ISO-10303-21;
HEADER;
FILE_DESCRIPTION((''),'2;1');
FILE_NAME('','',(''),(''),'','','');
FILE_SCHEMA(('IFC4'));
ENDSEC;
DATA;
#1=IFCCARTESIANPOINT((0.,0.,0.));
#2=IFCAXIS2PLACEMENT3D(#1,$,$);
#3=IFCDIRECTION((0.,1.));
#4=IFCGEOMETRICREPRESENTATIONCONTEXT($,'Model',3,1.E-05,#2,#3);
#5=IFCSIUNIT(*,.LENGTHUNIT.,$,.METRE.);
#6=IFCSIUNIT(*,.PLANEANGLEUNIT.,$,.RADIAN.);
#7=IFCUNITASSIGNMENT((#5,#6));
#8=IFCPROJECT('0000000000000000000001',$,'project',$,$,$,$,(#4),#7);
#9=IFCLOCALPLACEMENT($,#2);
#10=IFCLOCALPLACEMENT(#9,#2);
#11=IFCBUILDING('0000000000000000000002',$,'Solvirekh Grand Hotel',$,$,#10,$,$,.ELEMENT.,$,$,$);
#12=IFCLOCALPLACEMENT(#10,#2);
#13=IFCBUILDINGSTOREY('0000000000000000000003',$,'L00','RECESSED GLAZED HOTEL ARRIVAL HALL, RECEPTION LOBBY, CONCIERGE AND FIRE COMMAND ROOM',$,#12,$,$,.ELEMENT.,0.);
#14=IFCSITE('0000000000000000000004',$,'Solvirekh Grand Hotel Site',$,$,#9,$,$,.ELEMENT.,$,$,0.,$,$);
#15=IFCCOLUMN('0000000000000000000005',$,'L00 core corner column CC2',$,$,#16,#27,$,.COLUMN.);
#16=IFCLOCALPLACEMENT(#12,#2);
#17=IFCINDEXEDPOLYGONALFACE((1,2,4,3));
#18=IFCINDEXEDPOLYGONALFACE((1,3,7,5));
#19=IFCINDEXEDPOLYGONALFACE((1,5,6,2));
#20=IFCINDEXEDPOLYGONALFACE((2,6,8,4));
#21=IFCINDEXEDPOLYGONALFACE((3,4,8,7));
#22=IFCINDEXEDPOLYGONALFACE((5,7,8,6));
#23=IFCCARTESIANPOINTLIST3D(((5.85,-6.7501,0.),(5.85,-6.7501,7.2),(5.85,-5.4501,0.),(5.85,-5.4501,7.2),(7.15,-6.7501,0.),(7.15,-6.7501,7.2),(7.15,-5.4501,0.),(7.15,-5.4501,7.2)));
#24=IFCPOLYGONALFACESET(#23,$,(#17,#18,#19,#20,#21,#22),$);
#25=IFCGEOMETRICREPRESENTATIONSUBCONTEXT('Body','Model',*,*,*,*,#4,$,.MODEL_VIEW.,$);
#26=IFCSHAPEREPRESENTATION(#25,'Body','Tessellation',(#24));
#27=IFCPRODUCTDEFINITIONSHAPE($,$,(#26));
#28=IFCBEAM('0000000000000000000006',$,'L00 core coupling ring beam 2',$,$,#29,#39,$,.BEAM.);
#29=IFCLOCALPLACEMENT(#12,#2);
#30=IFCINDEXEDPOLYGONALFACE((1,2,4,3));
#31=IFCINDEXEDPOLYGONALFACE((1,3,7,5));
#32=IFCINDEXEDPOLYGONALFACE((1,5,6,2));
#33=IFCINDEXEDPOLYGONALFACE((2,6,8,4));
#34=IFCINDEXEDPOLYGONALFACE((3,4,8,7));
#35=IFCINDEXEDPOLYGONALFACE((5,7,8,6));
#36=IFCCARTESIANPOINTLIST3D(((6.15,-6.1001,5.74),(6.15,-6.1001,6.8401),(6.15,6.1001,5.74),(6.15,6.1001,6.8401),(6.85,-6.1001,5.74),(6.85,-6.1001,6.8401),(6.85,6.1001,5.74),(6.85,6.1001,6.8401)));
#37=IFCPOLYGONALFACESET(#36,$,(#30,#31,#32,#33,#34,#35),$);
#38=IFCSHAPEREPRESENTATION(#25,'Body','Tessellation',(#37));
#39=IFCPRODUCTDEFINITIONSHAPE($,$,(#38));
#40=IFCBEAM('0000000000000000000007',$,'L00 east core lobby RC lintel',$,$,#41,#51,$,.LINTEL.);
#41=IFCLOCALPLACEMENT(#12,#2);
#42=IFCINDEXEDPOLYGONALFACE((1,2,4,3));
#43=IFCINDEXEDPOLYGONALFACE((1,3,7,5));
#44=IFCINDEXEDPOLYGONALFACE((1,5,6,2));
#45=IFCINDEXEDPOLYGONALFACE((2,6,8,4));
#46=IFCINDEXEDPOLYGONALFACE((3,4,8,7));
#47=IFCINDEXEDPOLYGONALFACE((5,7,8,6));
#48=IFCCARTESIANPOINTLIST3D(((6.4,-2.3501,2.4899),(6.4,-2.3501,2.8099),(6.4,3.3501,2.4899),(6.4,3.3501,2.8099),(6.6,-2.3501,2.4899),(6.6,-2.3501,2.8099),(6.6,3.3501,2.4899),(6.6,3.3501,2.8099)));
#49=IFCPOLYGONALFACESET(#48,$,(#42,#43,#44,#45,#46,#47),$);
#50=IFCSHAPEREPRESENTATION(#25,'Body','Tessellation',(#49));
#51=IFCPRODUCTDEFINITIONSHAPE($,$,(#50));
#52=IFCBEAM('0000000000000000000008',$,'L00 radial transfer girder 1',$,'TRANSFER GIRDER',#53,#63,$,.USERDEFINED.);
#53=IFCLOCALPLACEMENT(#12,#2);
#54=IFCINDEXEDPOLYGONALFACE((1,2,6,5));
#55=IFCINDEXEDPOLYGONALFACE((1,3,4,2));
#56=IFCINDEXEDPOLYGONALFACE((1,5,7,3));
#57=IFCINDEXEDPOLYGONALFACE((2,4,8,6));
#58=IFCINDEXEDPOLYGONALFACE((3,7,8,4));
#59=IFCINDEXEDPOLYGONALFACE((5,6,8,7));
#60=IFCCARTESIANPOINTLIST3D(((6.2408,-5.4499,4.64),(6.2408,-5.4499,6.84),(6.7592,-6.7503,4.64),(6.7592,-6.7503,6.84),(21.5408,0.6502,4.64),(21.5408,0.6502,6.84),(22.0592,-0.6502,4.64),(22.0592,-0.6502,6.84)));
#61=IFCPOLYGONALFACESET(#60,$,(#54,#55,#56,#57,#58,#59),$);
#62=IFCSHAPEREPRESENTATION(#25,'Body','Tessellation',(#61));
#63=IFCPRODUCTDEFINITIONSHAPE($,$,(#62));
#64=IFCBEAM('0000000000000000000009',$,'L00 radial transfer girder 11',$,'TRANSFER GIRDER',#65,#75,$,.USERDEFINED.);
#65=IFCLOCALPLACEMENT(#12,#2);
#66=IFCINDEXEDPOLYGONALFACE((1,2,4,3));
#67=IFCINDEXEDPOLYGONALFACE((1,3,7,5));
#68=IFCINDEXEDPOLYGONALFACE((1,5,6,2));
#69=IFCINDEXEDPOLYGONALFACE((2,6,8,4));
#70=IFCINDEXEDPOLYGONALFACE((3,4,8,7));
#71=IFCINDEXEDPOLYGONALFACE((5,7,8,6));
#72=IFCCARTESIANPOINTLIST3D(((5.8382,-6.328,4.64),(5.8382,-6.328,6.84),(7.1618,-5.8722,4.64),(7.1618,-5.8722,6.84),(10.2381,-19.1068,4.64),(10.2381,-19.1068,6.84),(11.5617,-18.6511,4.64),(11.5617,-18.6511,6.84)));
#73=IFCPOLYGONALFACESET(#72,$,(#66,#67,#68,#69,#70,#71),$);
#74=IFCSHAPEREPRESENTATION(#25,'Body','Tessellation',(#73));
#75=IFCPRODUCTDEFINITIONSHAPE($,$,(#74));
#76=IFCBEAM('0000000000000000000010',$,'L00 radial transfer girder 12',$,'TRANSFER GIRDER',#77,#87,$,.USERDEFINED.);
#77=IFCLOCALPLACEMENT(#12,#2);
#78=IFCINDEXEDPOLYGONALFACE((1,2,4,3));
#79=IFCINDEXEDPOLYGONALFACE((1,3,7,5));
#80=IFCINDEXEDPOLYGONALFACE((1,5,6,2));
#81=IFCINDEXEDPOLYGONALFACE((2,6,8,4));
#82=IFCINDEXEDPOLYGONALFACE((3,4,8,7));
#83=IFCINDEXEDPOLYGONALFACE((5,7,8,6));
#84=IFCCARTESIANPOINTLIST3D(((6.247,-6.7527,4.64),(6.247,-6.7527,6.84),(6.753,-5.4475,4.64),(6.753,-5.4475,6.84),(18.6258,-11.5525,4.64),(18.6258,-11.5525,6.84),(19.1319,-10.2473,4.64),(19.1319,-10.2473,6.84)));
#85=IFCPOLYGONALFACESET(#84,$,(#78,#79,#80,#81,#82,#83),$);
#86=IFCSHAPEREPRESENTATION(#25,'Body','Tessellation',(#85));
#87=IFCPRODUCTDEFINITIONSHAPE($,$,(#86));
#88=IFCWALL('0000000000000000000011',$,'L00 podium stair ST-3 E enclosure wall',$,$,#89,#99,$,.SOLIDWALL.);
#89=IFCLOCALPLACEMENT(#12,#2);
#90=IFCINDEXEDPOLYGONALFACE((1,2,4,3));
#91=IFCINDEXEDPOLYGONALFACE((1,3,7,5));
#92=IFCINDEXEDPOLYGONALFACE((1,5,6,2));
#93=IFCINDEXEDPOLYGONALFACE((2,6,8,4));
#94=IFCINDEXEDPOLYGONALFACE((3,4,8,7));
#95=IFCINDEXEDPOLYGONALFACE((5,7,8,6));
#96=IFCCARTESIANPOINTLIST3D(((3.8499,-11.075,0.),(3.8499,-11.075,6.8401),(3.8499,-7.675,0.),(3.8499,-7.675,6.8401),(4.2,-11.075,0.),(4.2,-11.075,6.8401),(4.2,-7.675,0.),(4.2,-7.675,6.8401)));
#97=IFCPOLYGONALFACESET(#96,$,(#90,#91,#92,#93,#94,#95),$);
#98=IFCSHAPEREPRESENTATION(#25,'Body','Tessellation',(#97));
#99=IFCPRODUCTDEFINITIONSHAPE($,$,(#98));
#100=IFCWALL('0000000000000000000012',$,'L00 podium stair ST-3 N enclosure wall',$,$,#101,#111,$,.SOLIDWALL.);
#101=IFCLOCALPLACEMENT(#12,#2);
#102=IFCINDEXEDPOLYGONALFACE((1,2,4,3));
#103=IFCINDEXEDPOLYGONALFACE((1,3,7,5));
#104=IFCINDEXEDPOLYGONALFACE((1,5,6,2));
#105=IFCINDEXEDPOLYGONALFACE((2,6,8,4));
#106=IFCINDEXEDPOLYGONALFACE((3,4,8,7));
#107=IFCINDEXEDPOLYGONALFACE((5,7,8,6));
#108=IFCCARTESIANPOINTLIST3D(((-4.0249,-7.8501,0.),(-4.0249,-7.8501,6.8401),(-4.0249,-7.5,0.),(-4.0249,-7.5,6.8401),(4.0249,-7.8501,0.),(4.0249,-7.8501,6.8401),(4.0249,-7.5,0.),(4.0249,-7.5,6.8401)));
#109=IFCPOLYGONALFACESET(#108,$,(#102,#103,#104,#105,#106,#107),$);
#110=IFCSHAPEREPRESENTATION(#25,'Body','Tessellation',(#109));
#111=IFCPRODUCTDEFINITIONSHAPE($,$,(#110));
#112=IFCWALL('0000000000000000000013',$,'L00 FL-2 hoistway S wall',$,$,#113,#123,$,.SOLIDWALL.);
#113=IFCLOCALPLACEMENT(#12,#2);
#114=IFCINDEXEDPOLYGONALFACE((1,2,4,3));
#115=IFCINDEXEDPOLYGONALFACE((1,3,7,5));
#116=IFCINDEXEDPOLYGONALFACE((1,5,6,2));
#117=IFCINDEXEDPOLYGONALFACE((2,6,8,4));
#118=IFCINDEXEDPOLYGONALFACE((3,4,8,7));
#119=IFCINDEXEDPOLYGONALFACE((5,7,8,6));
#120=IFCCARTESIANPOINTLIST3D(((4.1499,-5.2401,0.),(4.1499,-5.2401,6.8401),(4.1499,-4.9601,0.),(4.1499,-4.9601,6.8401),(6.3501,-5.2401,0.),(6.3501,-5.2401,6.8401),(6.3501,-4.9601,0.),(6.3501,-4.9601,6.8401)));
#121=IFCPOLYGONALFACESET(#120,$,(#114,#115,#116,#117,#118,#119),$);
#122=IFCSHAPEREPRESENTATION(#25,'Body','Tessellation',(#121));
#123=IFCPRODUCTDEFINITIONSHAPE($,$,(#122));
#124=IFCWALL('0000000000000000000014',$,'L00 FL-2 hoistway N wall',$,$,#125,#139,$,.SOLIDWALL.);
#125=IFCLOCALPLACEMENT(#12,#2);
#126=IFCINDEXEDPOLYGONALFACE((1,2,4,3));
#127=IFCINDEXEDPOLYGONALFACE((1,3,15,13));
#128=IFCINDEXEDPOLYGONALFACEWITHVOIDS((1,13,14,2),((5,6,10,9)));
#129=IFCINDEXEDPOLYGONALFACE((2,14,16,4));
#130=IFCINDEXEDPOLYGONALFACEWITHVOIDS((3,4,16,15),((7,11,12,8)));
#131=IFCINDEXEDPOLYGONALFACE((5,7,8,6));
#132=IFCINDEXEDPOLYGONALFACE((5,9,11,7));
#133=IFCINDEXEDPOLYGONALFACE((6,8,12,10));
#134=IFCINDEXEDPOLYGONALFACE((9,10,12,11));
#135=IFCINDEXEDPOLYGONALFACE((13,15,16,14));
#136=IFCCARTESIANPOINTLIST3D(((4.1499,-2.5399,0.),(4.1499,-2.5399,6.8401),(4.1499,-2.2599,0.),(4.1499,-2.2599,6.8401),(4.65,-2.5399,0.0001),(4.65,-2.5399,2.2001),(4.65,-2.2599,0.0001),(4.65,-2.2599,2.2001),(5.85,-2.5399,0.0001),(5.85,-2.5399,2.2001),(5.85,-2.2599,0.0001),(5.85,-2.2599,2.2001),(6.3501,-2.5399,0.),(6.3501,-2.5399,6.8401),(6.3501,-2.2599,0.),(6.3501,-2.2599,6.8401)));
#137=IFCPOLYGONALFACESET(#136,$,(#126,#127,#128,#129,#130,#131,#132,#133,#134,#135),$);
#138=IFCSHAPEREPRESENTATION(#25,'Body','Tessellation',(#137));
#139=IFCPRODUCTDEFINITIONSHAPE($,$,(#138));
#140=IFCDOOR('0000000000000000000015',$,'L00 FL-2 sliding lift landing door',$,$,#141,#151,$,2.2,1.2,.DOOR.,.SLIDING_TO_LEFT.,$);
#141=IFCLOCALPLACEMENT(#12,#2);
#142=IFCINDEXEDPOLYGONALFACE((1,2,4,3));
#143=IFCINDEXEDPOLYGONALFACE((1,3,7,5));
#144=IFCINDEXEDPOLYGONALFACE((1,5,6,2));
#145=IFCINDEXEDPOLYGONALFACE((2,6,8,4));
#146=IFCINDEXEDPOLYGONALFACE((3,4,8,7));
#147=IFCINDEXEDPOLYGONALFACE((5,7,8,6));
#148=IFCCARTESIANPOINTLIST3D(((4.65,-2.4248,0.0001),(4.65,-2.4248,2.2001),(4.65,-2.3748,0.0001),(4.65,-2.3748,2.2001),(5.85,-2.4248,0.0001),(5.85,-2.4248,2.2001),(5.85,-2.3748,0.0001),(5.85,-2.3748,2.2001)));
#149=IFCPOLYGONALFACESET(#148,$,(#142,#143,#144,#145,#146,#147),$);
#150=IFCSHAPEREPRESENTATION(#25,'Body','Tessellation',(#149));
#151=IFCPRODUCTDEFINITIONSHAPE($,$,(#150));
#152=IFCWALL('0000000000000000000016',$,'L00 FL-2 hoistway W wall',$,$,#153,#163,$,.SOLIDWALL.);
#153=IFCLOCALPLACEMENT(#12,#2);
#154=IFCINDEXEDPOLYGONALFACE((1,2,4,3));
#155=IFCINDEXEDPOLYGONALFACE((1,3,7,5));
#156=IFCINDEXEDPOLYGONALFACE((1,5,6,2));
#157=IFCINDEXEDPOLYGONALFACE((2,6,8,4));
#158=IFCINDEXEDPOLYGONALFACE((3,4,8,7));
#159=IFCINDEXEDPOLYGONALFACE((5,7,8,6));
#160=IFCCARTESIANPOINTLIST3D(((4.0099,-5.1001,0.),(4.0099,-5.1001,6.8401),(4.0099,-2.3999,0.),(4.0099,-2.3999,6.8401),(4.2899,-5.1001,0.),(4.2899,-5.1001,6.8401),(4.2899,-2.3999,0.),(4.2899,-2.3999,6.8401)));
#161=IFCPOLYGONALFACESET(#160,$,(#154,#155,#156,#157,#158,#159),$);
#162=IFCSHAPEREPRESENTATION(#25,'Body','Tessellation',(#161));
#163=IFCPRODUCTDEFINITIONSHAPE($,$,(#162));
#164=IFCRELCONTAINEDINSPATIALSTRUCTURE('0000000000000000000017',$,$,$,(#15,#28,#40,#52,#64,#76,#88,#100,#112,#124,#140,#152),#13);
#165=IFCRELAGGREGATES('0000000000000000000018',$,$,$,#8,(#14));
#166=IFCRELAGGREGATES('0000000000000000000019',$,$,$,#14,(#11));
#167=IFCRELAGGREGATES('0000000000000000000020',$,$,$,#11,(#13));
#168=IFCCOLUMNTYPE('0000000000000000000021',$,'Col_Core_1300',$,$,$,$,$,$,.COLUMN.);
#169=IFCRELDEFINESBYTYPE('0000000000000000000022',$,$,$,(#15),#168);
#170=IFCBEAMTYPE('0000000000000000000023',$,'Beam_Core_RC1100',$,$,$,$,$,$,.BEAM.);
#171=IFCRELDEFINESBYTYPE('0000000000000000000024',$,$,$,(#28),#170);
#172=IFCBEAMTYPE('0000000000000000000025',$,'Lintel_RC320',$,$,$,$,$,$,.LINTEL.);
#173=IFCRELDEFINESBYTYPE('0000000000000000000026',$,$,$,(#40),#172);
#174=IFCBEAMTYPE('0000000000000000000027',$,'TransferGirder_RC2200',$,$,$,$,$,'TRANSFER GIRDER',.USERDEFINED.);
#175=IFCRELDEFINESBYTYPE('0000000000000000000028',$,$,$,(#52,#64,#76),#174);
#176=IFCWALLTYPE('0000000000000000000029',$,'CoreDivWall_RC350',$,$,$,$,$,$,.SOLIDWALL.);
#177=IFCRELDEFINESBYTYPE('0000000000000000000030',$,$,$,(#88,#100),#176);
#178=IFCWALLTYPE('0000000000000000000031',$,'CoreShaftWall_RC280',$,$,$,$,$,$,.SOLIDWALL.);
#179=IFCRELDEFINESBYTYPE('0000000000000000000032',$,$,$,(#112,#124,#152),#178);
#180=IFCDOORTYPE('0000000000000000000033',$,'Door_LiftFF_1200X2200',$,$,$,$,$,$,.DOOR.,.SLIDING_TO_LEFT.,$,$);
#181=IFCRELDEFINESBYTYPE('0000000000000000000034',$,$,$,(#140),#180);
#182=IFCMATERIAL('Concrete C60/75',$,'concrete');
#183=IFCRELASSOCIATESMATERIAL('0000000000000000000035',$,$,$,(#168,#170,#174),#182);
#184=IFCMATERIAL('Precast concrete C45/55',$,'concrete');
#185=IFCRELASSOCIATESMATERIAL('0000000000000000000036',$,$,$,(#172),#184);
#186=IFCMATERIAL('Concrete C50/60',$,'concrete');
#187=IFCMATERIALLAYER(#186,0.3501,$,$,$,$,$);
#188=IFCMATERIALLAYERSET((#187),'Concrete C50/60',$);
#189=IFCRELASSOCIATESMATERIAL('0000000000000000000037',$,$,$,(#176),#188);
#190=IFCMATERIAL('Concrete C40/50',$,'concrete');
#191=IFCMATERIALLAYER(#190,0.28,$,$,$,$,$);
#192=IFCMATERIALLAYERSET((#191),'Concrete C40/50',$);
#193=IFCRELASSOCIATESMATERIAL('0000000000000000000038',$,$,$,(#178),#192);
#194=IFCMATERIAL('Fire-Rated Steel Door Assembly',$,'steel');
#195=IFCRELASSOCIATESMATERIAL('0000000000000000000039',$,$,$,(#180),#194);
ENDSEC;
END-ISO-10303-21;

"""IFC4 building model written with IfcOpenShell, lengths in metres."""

from ifc_helpers import new_model, si_unit, direction, frame, frame_2d, origin, origin_2d, place, context, subcontext, project, spatial, rectangle, extrude, material, layer, layer_set, material_profile, profile_set, type_object, element, fill, save


model = new_model("IFC4")

# Units and contexts
model_context = context("Model", 3, precision=1e-05, world=origin(), true_north=direction((0.0, 1.0)))
body_context = subcontext(model_context, "Body", "Model", "MODEL_VIEW")
ifc_project = project(units=[si_unit("LENGTHUNIT", "METRE"), si_unit("PLANEANGLEUNIT", "RADIAN")], contexts=[model_context])

# Site, building, storey
site_placement = place(None, origin())
site = spatial("IfcSite", under=ifc_project, at=site_placement, Name="Solvirekh Grand Hotel Site", CompositionType="ELEMENT", RefElevation=0.0)
building_placement = place(site_placement, origin())
building = spatial("IfcBuilding", under=site, at=building_placement, Name="Solvirekh Grand Hotel", CompositionType="ELEMENT")
storey_placement = place(building_placement, origin())
storey = spatial("IfcBuildingStorey", under=building, at=storey_placement, Name="L00", Description="RECESSED GLAZED HOTEL ARRIVAL HALL, RECEPTION LOBBY, CONCIERGE AND FIRE COMMAND ROOM", CompositionType="ELEMENT", Elevation=0.0)

# Column
ifc_material_1 = material(Name="Concrete C60/75", Category="concrete")
ifc_material_profile_1 = material_profile(ifc_material_1, rectangle(XDim=1.3, YDim=1.3, at=origin_2d()), Name="RC 1300X1300")
ifc_profile_set_1 = profile_set([ifc_material_profile_1], Name="Concrete C60/75")
column_type = type_object("IfcColumnType", Name="Col_Core_1300", PredefinedType="COLUMN", material=ifc_profile_set_1)
column_placement = place(storey_placement, frame((6.5, -6.1001, 0.0), z_axis=(0.0, 0.0, 1.0), x_axis=(1.0, 0.0, 0.0)))
element("IfcColumn", 1, at=column_placement, inside=storey, type_object=column_type, Name="L00 core corner column CC2", PredefinedType="COLUMN", context=body_context, shape_type="SweptSolid", body=[
    extrude(rectangle(XDim=1.3, YDim=1.3, at=origin_2d()), origin(), (0.0, 0.0, 1.0), 7.2),
])

# Beams
ifc_material_profile_2 = material_profile(ifc_material_1, rectangle(XDim=0.7, YDim=1.1001, at=origin_2d()), Name="RC BEAM 700X1100")
ifc_profile_set_2 = profile_set([ifc_material_profile_2], Name="Concrete C60/75")
beam_type_1 = type_object("IfcBeamType", Name="Beam_Core_RC1100", PredefinedType="BEAM", material=ifc_profile_set_2)
beam_1_placement = place(storey_placement, frame((6.5, -6.1001, 6.29), z_axis=(0.0, 1.0, 0.0), x_axis=(-1.0, 0.0, 0.0)))
element("IfcBeam", 2, at=beam_1_placement, inside=storey, type_object=beam_type_1, Name="L00 core coupling ring beam 2", PredefinedType="BEAM", context=body_context, shape_type="SweptSolid", body=[
    extrude(rectangle(XDim=0.7, YDim=1.1001, at=origin_2d()), origin(), (0.0, 0.0, 1.0), 12.2002),
])
ifc_material_2 = material(Name="Precast concrete C45/55", Category="concrete")
ifc_material_profile_3 = material_profile(ifc_material_2, rectangle(XDim=0.2, YDim=0.3201, at=origin_2d()), Name="RC LINTEL 200X320")
ifc_profile_set_3 = profile_set([ifc_material_profile_3], Name="Precast concrete C45/55")
beam_type_2 = type_object("IfcBeamType", Name="Lintel_RC320", PredefinedType="LINTEL", material=ifc_profile_set_3)
beam_2_placement = place(storey_placement, frame((6.5, -2.3501, 2.6499), z_axis=(0.0, 1.0, 0.0), x_axis=(-1.0, 0.0, 0.0)))
element("IfcBeam", 3, at=beam_2_placement, inside=storey, type_object=beam_type_2, Name="L00 east core lobby RC lintel", PredefinedType="LINTEL", context=body_context, shape_type="SweptSolid", body=[
    extrude(rectangle(XDim=0.2, YDim=0.3201, at=origin_2d()), origin(), (0.0, 0.0, 1.0), 5.7002),
])
ifc_material_profile_4 = material_profile(ifc_material_1, rectangle(XDim=1.3999, YDim=2.2, at=origin_2d()), Name="RC GIRDER 1400X2200")
ifc_profile_set_4 = profile_set([ifc_material_profile_4], Name="Concrete C60/75")
beam_type_3 = type_object("IfcBeamType", Name="TransferGirder_RC2200", ElementType="TRANSFER GIRDER", PredefinedType="USERDEFINED", material=ifc_profile_set_4)
beam_3_placement = place(storey_placement, frame((6.5, -6.1001, 5.74), z_axis=(0.928893, 0.370348, 0.0), x_axis=(-0.370348, 0.928893, 0.0)))
element("IfcBeam", 4, at=beam_3_placement, inside=storey, type_object=beam_type_3, Name="L00 radial transfer girder 1", ObjectType="TRANSFER GIRDER", PredefinedType="USERDEFINED", context=body_context, shape_type="SweptSolid", body=[
    extrude(rectangle(XDim=1.3999, YDim=2.2, at=origin_2d()), origin(), (0.0, 0.0, 1.0), 16.4712),
])
beam_4_placement = place(storey_placement, frame((6.5, -6.1001, 5.74), z_axis=(0.325555, -0.945523, 0.0), x_axis=(0.945523, 0.325555, 0.0)))
element("IfcBeam", 5, at=beam_4_placement, inside=storey, type_object=beam_type_3, Name="L00 radial transfer girder 11", ObjectType="TRANSFER GIRDER", PredefinedType="USERDEFINED", context=body_context, shape_type="SweptSolid", body=[
    extrude(rectangle(XDim=1.3999, YDim=2.2, at=origin_2d()), origin(), (0.0, 0.0, 1.0), 13.5151),
])
beam_5_placement = place(storey_placement, frame((6.5, -6.1001, 5.74), z_axis=(0.932366, -0.361516, 0.0), x_axis=(0.361516, 0.932366, 0.0)))
element("IfcBeam", 6, at=beam_5_placement, inside=storey, type_object=beam_type_3, Name="L00 radial transfer girder 12", ObjectType="TRANSFER GIRDER", PredefinedType="USERDEFINED", context=body_context, shape_type="SweptSolid", body=[
    extrude(rectangle(XDim=1.3999, YDim=2.2, at=origin_2d()), origin(), (0.0, 0.0, 1.0), 13.2769),
])

# Walls
ifc_material_3 = material(Name="Concrete C50/60", Category="concrete")
ifc_layer_1 = layer(ifc_material_3, 0.3501)
ifc_layer_set_1 = layer_set([ifc_layer_1], Name="Concrete C50/60")
wall_type_1 = type_object("IfcWallType", Name="CoreDivWall_RC350", PredefinedType="SOLIDWALL", material=ifc_layer_set_1)
wall_1_placement = place(storey_placement, frame((4.0249, -11.075, 0.0), z_axis=(0.0, 0.0, 1.0), x_axis=(0.0, 1.0, 0.0)))
element("IfcWall", 7, at=wall_1_placement, inside=storey, type_object=wall_type_1, Name="L00 podium stair ST-3 E enclosure wall", PredefinedType="SOLIDWALL", context=body_context, shape_type="SweptSolid", body=[
    extrude(rectangle(XDim=3.3999, YDim=0.3501, at=frame_2d((1.7, 0.0))), origin(), (0.0, 0.0, 1.0), 6.8401),
])
wall_2_placement = place(storey_placement, frame((4.0249, -7.675, 0.0), z_axis=(0.0, 0.0, 1.0), x_axis=(-1.0, 0.0, 0.0)))
element("IfcWall", 8, at=wall_2_placement, inside=storey, type_object=wall_type_1, Name="L00 podium stair ST-3 N enclosure wall", PredefinedType="SOLIDWALL", context=body_context, shape_type="SweptSolid", body=[
    extrude(rectangle(XDim=8.0498, YDim=0.3501, at=frame_2d((4.0249, 0.0))), origin(), (0.0, 0.0, 1.0), 6.8401),
])
ifc_material_4 = material(Name="Concrete C40/50", Category="concrete")
ifc_layer_2 = layer(ifc_material_4, 0.28)
ifc_layer_set_2 = layer_set([ifc_layer_2], Name="Concrete C40/50")
wall_type_2 = type_object("IfcWallType", Name="CoreShaftWall_RC280", PredefinedType="SOLIDWALL", material=ifc_layer_set_2)
wall_3_placement = place(storey_placement, frame((4.1499, -5.1001, 0.0), z_axis=(0.0, 0.0, 1.0), x_axis=(1.0, 0.0, 0.0)))
element("IfcWall", 9, at=wall_3_placement, inside=storey, type_object=wall_type_2, Name="L00 FL-2 hoistway S wall", PredefinedType="SOLIDWALL", context=body_context, shape_type="SweptSolid", body=[
    extrude(rectangle(XDim=2.2002, YDim=0.28, at=frame_2d((1.1001, 0.0))), origin(), (0.0, 0.0, 1.0), 6.8401),
])

# Wall, opening, door
wall_4_placement = place(storey_placement, frame((6.3501, -2.3999, 0.0), z_axis=(0.0, 0.0, 1.0), x_axis=(-1.0, 0.0, 0.0)))
wall_4 = element("IfcWall", 10, at=wall_4_placement, inside=storey, type_object=wall_type_2, Name="L00 FL-2 hoistway N wall", PredefinedType="SOLIDWALL", context=body_context, shape_type="SweptSolid", body=[
    extrude(rectangle(XDim=2.2002, YDim=0.28, at=frame_2d((1.1001, 0.0))), origin(), (0.0, 0.0, 1.0), 6.8401),
])
opening_1_placement = place(wall_4_placement, frame((0.5, 0.0, 0.0)))
opening_1 = element("IfcOpeningElement", 11, at=opening_1_placement, cuts=wall_4, PredefinedType="OPENING", context=body_context, shape_type="SweptSolid", body=[
    extrude(rectangle(XDim=1.2, YDim=2.2, at=frame_2d((0.6001, 1.1001))), frame((0.0, 0.1499, 0.0), z_axis=(0.0, -1.0, 0.0), x_axis=(1.0, 0.0, 0.0)), (0.0, 0.0, 1.0), 0.3),
])
ifc_material_5 = material(Name="Fire-Rated Steel Door Assembly", Category="steel")
door_type_1 = type_object("IfcDoorType", Name="Door_LiftFF_1200X2200", OperationType="SLIDING_TO_LEFT", PredefinedType="DOOR", material=ifc_material_5)
door_1_placement = place(opening_1_placement, origin())
door_1 = element("IfcDoor", 12, at=door_1_placement, inside=storey, type_object=door_type_1, Name="L00 FL-2 sliding lift landing door", OperationType="SLIDING_TO_LEFT", OverallHeight=2.2, OverallWidth=1.2, PredefinedType="DOOR", context=body_context, shape_type="SweptSolid", body=[
    extrude(rectangle(XDim=1.2, YDim=2.2, at=frame_2d((0.6001, 1.1001))), frame((0.0, 0.0249, 0.0), z_axis=(0.0, -1.0, 0.0), x_axis=(1.0, 0.0, 0.0)), (0.0, 0.0, 1.0), 0.05),
])
fill(opening_1, door_1)

# Wall
wall_5_placement = place(storey_placement, frame((4.1499, -2.3999, 0.0), z_axis=(0.0, 0.0, 1.0), x_axis=(0.0, -1.0, 0.0)))
element("IfcWall", 13, at=wall_5_placement, inside=storey, type_object=wall_type_2, Name="L00 FL-2 hoistway W wall", PredefinedType="SOLIDWALL", context=body_context, shape_type="SweptSolid", body=[
    extrude(rectangle(XDim=2.7002, YDim=0.28, at=frame_2d((1.3501, 0.0))), origin(), (0.0, 0.0, 1.0), 6.8401),
])

save(model, "model.ifc")
